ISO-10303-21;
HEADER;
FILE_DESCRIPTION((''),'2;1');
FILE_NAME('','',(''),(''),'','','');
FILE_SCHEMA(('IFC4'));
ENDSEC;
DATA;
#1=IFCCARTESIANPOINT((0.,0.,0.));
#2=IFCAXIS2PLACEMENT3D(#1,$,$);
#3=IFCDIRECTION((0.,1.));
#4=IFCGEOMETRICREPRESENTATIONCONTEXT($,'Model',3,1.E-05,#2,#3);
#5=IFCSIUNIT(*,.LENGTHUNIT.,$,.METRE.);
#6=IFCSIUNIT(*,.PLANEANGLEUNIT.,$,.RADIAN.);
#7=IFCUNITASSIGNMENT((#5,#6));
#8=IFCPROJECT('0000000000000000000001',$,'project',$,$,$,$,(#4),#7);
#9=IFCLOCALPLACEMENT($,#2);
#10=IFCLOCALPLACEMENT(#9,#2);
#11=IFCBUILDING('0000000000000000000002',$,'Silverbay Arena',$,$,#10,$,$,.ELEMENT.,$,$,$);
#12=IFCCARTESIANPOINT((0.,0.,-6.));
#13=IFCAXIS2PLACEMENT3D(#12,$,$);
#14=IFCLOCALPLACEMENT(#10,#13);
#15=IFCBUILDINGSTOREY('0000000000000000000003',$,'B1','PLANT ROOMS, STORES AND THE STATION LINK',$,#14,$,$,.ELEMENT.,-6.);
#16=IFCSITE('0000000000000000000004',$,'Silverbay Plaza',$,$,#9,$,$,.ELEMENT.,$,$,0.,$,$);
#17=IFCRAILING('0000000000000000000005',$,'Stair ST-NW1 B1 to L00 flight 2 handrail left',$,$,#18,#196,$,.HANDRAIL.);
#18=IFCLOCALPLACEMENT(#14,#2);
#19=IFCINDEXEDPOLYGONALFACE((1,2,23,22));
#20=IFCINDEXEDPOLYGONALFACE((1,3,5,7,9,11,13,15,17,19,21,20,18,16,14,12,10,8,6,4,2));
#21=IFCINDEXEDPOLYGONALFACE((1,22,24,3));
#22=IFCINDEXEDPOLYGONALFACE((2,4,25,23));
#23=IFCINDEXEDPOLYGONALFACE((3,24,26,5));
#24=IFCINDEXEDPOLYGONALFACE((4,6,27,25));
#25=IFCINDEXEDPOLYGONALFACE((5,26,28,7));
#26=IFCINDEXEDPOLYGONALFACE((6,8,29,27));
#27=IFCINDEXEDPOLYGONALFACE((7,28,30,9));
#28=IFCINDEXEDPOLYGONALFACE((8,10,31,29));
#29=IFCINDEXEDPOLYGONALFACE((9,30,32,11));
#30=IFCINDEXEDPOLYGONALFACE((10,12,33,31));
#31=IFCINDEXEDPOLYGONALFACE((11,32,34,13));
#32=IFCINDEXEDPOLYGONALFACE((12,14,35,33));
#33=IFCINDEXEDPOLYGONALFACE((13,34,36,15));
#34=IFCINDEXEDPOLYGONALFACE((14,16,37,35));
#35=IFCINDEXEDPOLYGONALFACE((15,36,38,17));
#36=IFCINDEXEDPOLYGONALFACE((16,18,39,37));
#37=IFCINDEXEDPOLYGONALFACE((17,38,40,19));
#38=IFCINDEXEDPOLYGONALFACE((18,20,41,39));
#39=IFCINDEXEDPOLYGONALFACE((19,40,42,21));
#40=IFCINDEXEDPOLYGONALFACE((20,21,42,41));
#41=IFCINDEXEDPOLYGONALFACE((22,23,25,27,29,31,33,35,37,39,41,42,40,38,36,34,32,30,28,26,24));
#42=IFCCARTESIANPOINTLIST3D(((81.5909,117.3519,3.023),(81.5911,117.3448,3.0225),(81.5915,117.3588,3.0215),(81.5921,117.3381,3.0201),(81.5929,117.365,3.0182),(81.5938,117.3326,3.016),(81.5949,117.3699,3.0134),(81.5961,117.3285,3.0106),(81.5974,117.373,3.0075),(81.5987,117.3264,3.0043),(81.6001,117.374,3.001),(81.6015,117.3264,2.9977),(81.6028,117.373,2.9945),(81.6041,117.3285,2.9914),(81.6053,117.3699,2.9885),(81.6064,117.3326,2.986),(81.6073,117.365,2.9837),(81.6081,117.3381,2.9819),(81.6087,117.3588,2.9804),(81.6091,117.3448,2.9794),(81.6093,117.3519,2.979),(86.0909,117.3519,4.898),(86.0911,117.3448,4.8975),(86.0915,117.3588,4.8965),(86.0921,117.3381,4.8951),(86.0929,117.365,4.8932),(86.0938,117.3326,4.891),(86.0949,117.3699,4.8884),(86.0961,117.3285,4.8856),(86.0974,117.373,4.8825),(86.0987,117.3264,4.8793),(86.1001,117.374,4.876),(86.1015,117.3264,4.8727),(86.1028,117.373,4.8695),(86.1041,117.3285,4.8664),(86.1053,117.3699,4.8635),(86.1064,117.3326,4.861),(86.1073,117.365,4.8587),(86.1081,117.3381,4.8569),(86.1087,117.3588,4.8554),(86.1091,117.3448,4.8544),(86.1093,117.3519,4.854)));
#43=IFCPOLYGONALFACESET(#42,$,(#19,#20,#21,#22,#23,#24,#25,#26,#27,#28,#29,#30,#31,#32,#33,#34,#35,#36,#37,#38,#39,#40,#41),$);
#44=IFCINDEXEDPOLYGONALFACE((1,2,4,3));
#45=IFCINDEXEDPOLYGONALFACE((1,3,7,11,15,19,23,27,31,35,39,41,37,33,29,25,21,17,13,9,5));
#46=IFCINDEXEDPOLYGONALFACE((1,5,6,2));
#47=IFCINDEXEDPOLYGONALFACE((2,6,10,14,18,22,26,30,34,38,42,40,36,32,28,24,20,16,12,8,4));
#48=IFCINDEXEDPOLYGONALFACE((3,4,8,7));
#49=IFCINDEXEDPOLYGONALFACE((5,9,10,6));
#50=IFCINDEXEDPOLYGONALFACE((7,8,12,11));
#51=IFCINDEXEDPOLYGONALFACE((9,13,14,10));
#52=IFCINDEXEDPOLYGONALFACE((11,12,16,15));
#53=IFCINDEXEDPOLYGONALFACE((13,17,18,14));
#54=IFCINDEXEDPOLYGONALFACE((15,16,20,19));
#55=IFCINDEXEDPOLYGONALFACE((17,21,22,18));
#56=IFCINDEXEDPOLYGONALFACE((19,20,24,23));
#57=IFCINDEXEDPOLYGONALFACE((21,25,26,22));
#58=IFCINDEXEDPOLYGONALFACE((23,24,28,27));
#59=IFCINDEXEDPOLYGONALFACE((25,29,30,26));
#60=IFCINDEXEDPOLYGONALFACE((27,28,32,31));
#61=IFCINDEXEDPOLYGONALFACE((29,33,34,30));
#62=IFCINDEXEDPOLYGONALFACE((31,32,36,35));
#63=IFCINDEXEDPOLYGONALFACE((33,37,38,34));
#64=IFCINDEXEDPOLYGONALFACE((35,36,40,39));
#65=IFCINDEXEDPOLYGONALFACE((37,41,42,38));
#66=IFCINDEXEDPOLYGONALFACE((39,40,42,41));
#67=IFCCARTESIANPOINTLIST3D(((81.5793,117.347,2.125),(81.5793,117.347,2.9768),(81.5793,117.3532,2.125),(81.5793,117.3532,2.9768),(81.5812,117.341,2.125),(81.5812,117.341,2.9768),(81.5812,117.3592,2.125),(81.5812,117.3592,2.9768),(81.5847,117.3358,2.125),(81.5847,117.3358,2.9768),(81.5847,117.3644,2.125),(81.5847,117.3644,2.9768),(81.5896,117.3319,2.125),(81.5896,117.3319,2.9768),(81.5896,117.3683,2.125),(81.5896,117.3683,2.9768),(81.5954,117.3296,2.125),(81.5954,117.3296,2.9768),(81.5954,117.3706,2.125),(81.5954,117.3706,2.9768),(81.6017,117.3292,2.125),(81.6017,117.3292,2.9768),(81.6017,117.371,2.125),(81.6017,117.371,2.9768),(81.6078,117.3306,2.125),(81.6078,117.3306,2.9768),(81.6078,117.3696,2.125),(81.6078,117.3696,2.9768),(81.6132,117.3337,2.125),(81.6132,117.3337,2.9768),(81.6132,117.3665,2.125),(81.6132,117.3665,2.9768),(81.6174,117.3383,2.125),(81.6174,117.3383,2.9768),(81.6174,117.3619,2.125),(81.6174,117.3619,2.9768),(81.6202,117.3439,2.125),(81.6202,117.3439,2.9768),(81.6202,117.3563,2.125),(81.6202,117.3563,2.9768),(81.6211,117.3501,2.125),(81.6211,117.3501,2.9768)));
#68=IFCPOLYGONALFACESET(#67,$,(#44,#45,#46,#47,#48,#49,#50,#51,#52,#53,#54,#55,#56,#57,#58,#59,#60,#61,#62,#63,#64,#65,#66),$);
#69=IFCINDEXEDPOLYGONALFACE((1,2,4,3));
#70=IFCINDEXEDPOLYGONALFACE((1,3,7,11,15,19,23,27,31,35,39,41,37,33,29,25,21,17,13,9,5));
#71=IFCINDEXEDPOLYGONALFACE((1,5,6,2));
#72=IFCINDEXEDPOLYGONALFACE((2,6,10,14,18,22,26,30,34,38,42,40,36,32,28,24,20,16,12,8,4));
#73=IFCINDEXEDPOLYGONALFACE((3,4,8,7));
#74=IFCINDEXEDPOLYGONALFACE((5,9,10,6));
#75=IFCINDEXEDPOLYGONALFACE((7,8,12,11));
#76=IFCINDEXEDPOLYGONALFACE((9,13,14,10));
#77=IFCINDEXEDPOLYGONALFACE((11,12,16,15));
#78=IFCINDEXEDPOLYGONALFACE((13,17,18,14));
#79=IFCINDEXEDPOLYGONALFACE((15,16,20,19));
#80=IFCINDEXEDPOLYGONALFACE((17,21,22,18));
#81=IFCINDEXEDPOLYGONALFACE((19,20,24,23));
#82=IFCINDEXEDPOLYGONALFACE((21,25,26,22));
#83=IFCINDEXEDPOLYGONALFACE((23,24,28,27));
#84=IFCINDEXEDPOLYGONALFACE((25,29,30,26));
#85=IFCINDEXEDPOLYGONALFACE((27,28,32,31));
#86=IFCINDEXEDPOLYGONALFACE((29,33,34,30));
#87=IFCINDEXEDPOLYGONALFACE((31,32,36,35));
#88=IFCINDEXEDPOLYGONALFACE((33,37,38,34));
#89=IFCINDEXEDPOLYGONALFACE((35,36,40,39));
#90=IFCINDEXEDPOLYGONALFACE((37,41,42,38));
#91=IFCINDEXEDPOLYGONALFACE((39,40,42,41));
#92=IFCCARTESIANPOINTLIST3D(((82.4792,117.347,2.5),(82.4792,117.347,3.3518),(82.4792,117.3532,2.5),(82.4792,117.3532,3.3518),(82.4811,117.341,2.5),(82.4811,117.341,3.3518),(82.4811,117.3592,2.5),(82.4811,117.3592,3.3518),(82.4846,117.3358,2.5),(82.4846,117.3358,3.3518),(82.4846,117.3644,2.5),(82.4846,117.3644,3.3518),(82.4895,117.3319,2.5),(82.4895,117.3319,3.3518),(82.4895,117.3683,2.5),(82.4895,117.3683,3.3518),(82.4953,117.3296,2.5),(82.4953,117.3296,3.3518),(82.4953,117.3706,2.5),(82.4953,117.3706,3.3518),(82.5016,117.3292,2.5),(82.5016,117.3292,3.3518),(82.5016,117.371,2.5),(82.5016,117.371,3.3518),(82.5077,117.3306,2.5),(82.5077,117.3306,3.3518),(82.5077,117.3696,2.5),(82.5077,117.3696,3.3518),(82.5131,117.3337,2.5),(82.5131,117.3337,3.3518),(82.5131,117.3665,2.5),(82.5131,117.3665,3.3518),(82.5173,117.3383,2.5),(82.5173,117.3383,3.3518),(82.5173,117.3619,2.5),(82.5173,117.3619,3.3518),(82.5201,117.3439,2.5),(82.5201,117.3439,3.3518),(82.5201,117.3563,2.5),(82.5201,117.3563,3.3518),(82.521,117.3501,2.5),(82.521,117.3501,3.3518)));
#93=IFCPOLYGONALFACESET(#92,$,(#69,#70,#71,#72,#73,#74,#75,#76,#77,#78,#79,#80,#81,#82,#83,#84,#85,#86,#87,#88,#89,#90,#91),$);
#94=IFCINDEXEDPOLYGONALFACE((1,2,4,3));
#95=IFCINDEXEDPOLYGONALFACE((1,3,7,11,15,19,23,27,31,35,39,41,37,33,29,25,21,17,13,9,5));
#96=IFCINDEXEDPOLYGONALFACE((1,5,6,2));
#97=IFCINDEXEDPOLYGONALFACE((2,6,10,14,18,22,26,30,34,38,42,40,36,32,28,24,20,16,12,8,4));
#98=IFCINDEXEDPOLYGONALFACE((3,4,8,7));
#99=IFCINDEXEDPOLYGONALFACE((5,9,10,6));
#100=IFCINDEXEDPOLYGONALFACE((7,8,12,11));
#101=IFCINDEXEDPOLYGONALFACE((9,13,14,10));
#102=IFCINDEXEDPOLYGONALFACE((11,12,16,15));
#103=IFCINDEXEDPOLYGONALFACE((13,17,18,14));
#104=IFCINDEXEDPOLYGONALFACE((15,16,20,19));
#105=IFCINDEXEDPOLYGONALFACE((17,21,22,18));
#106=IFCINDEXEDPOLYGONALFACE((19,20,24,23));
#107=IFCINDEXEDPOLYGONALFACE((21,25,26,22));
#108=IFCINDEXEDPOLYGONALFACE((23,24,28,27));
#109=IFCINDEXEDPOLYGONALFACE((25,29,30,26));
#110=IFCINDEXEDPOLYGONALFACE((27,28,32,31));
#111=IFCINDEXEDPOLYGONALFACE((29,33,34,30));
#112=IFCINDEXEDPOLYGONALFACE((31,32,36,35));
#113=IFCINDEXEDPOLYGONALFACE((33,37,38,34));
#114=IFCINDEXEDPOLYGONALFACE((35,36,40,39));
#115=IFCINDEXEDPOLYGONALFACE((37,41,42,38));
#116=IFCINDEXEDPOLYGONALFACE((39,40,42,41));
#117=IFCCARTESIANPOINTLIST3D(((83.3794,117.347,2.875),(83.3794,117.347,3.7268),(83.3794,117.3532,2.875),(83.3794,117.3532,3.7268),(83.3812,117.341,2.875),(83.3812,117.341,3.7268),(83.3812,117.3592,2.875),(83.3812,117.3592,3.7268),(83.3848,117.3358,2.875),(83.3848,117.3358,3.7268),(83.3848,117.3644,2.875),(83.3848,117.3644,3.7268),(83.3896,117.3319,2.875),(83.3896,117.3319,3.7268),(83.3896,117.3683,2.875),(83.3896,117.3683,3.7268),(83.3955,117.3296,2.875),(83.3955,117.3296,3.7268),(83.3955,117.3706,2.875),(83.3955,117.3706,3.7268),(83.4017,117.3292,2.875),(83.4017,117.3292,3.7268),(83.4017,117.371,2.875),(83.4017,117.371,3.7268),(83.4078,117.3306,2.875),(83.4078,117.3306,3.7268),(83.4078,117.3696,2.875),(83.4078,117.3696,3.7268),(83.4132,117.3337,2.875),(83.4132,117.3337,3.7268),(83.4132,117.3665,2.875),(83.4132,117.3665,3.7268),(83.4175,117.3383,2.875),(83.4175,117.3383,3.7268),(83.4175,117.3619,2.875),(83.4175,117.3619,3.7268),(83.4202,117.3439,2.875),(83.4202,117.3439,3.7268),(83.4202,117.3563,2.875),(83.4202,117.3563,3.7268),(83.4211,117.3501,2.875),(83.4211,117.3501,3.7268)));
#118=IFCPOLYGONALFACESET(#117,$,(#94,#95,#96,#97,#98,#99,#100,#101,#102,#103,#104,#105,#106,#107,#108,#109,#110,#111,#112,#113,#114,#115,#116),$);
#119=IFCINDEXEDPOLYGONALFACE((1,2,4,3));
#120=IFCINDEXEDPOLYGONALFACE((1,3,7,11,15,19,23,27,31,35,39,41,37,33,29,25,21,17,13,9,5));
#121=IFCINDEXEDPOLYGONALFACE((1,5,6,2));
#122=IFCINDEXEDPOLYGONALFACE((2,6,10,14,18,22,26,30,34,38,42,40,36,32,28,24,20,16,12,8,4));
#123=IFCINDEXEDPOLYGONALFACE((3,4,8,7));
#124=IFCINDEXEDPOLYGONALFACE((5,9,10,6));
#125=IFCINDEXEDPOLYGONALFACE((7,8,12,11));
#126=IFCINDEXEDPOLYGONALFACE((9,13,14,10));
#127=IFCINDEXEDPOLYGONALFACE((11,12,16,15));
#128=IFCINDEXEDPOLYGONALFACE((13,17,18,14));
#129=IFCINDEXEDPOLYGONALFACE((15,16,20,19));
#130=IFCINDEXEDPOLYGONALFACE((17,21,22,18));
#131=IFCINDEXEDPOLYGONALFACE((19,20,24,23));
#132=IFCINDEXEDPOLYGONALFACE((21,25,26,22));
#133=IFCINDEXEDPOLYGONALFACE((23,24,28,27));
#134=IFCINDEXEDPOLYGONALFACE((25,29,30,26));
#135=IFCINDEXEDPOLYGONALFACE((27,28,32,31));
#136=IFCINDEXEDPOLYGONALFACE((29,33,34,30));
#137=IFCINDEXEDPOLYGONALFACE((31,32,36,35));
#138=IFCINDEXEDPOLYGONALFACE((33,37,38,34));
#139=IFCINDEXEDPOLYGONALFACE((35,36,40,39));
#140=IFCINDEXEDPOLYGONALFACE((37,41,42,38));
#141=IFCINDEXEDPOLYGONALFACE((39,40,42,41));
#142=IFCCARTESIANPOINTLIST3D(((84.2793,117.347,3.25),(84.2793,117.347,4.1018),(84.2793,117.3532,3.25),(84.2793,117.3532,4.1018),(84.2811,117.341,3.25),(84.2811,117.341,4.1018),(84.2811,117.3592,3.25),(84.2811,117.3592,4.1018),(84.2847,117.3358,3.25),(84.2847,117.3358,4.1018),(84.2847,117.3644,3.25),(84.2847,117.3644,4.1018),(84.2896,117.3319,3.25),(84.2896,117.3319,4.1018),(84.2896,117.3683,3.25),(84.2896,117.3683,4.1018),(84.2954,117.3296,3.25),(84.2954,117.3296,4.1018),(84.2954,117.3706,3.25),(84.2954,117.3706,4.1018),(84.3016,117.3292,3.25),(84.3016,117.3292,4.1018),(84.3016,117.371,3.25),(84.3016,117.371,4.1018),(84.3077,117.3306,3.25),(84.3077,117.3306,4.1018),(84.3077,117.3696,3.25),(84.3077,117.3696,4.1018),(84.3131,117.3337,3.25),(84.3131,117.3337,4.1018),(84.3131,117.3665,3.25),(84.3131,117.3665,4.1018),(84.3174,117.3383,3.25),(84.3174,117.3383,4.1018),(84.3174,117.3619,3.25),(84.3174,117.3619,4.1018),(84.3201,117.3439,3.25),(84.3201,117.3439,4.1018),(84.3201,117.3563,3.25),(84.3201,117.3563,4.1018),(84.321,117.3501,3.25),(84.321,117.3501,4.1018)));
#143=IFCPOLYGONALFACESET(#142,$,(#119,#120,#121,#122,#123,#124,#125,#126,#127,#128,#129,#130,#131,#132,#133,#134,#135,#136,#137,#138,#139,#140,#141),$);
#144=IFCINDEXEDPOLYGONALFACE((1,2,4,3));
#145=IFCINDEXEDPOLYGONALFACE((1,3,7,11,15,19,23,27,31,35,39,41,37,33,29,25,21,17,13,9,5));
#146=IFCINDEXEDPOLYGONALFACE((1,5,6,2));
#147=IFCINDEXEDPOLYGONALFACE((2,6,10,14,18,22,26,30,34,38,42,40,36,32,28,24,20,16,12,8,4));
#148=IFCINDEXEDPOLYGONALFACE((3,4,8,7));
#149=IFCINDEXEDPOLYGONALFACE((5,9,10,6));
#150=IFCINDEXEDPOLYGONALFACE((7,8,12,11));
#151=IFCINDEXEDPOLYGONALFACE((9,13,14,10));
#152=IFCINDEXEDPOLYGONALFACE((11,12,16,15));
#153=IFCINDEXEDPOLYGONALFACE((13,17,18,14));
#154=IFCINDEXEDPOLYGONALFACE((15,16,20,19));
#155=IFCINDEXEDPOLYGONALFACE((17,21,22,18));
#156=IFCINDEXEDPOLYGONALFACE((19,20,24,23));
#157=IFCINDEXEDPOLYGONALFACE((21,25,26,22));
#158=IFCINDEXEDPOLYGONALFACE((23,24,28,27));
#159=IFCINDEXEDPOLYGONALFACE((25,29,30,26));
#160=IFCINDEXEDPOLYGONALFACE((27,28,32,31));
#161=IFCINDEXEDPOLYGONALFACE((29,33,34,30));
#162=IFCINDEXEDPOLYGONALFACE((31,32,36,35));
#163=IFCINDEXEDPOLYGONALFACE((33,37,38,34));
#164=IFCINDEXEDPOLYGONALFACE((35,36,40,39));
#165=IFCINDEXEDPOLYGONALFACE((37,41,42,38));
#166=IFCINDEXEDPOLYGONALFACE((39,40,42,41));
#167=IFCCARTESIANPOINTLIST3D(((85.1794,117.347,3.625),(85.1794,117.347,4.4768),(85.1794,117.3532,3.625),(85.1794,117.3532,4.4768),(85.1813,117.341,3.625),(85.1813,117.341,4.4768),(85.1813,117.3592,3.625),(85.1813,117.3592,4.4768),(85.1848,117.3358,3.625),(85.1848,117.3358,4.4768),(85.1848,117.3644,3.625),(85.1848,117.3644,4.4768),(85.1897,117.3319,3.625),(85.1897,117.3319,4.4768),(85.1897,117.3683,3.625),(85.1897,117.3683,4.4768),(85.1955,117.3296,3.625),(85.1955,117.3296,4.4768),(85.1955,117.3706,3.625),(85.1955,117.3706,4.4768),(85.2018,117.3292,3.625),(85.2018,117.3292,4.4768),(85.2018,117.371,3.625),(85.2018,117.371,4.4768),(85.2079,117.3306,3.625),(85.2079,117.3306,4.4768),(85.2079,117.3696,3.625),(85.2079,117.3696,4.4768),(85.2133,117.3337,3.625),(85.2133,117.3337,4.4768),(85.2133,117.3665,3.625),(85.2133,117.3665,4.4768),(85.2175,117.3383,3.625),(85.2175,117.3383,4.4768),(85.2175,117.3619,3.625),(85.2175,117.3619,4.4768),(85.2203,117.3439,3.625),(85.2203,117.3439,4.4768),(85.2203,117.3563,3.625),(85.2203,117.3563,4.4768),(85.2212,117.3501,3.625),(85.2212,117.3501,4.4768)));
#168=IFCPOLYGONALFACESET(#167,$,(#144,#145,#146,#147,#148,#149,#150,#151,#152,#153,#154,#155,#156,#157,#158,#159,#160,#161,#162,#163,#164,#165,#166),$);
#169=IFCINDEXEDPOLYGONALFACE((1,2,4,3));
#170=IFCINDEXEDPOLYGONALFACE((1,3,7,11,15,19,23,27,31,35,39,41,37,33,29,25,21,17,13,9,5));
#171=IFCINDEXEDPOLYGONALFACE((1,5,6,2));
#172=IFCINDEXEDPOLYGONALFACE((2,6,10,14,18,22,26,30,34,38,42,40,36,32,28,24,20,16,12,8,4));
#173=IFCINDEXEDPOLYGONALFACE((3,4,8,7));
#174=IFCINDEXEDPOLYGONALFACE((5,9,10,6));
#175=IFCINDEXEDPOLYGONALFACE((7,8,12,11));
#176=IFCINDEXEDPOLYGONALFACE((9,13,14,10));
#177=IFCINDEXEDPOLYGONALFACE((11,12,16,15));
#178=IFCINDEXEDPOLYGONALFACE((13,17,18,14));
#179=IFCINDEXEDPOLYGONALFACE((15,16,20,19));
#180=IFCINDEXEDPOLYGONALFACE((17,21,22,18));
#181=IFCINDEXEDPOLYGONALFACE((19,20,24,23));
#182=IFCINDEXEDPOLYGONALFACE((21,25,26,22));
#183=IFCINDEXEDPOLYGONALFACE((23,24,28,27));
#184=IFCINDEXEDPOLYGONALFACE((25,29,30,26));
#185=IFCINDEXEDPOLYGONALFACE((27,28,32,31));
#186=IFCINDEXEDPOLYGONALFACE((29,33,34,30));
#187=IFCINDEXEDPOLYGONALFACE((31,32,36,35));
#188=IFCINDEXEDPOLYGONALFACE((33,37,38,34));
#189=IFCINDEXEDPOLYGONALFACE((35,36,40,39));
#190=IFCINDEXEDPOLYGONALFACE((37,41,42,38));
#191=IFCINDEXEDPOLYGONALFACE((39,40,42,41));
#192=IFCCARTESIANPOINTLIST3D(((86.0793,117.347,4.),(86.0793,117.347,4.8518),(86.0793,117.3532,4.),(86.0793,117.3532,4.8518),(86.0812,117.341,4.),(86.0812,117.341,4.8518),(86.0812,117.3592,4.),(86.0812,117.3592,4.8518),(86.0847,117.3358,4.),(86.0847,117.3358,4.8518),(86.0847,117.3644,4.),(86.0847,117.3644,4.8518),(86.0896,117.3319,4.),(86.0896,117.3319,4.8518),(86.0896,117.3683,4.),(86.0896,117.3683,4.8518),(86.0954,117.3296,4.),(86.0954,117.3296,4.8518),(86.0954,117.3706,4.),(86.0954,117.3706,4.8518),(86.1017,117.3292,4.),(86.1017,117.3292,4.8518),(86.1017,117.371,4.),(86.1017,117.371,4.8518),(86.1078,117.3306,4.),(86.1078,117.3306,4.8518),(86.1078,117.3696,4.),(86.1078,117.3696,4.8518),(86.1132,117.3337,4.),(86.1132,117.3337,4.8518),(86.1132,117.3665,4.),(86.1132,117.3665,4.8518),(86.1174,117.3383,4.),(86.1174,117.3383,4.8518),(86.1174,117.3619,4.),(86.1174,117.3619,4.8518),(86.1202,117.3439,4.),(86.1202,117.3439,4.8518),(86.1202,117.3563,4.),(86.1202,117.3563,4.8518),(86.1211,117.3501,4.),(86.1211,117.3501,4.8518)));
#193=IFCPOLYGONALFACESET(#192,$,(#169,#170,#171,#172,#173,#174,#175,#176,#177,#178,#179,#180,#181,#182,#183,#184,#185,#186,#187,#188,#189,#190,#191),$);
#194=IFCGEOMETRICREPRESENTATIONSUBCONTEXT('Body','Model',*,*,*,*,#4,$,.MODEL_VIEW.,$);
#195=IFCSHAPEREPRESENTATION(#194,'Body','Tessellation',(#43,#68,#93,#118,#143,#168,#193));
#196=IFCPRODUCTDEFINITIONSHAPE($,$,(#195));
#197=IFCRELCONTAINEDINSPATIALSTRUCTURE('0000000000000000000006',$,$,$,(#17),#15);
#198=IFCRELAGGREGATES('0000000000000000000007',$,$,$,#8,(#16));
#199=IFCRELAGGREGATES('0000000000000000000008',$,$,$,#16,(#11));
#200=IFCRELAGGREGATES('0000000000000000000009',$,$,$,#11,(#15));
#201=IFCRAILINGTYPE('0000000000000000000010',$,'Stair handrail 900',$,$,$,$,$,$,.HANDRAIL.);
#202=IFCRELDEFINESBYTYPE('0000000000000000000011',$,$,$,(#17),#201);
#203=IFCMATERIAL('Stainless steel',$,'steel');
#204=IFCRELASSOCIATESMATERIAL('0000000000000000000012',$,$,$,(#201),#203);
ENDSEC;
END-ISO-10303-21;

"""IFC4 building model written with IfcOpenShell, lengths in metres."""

from ifc_helpers import new_model, si_unit, direction, frame, origin, origin_2d, place, context, subcontext, project, spatial, circle, extrude, material, type_object, element, save


model = new_model("IFC4")

# Units and contexts
model_context = context("Model", 3, precision=1e-05, world=origin(), true_north=direction((0.0, 1.0)))
body_context = subcontext(model_context, "Body", "Model", "MODEL_VIEW")
ifc_project = project(units=[si_unit("LENGTHUNIT", "METRE"), si_unit("PLANEANGLEUNIT", "RADIAN")], contexts=[model_context])

# Site, building, storey
site_placement = place(None, origin())
site = spatial("IfcSite", under=ifc_project, at=site_placement, Name="Silverbay Plaza", CompositionType="ELEMENT", RefElevation=0.0)
building_placement = place(site_placement, origin())
building = spatial("IfcBuilding", under=site, at=building_placement, Name="Silverbay Arena", CompositionType="ELEMENT")
storey_placement = place(building_placement, frame((0.0, 0.0, -6.0)))
storey = spatial("IfcBuildingStorey", under=building, at=storey_placement, Name="B1", Description="PLANT ROOMS, STORES AND THE STATION LINK", CompositionType="ELEMENT", Elevation=-6.0)

# Railing
ifc_material_1 = material(Name="Stainless steel", Category="steel")
railing_type_1 = type_object("IfcRailingType", Name="Stair handrail 900", PredefinedType="HANDRAIL", material=ifc_material_1)
for number, where, name in (
    (1, (81.6001, 117.3501, 2.125), "Stair ST-NW1 B1 to L00 flight 2 handrail left"),
):
    element("IfcRailing", number, at=place(storey_placement, frame(where)), inside=storey, type_object=railing_type_1, Name=name, PredefinedType="HANDRAIL", context=body_context, shape_type="SweptSolid", body=[
        extrude(circle(Radius=0.0239, at=origin_2d()), frame((0.0, 0.0, 0.876), z_axis=(0.923077, 0.0, 0.384615), x_axis=(0.0, 1.0, 0.0)), (0.0, 0.0, 1.0), 4.875),
        extrude(circle(Radius=0.021, at=origin_2d()), origin(), (0.0, 0.0, 1.0), 0.8518),
        extrude(circle(Radius=0.021, at=origin_2d()), frame((0.8999, 0.0, 0.375)), (0.0, 0.0, 1.0), 0.8518),
        extrude(circle(Radius=0.021, at=origin_2d()), frame((1.8, 0.0, 0.75)), (0.0, 0.0, 1.0), 0.8518),
        extrude(circle(Radius=0.021, at=origin_2d()), frame((2.7, 0.0, 1.125)), (0.0, 0.0, 1.0), 0.8518),
        extrude(circle(Radius=0.021, at=origin_2d()), frame((3.6001, 0.0, 1.5)), (0.0, 0.0, 1.0), 0.8518),
        extrude(circle(Radius=0.021, at=origin_2d()), frame((4.5, 0.0, 1.875)), (0.0, 0.0, 1.0), 0.8518),
    ])

save(model, "model.ifc")
